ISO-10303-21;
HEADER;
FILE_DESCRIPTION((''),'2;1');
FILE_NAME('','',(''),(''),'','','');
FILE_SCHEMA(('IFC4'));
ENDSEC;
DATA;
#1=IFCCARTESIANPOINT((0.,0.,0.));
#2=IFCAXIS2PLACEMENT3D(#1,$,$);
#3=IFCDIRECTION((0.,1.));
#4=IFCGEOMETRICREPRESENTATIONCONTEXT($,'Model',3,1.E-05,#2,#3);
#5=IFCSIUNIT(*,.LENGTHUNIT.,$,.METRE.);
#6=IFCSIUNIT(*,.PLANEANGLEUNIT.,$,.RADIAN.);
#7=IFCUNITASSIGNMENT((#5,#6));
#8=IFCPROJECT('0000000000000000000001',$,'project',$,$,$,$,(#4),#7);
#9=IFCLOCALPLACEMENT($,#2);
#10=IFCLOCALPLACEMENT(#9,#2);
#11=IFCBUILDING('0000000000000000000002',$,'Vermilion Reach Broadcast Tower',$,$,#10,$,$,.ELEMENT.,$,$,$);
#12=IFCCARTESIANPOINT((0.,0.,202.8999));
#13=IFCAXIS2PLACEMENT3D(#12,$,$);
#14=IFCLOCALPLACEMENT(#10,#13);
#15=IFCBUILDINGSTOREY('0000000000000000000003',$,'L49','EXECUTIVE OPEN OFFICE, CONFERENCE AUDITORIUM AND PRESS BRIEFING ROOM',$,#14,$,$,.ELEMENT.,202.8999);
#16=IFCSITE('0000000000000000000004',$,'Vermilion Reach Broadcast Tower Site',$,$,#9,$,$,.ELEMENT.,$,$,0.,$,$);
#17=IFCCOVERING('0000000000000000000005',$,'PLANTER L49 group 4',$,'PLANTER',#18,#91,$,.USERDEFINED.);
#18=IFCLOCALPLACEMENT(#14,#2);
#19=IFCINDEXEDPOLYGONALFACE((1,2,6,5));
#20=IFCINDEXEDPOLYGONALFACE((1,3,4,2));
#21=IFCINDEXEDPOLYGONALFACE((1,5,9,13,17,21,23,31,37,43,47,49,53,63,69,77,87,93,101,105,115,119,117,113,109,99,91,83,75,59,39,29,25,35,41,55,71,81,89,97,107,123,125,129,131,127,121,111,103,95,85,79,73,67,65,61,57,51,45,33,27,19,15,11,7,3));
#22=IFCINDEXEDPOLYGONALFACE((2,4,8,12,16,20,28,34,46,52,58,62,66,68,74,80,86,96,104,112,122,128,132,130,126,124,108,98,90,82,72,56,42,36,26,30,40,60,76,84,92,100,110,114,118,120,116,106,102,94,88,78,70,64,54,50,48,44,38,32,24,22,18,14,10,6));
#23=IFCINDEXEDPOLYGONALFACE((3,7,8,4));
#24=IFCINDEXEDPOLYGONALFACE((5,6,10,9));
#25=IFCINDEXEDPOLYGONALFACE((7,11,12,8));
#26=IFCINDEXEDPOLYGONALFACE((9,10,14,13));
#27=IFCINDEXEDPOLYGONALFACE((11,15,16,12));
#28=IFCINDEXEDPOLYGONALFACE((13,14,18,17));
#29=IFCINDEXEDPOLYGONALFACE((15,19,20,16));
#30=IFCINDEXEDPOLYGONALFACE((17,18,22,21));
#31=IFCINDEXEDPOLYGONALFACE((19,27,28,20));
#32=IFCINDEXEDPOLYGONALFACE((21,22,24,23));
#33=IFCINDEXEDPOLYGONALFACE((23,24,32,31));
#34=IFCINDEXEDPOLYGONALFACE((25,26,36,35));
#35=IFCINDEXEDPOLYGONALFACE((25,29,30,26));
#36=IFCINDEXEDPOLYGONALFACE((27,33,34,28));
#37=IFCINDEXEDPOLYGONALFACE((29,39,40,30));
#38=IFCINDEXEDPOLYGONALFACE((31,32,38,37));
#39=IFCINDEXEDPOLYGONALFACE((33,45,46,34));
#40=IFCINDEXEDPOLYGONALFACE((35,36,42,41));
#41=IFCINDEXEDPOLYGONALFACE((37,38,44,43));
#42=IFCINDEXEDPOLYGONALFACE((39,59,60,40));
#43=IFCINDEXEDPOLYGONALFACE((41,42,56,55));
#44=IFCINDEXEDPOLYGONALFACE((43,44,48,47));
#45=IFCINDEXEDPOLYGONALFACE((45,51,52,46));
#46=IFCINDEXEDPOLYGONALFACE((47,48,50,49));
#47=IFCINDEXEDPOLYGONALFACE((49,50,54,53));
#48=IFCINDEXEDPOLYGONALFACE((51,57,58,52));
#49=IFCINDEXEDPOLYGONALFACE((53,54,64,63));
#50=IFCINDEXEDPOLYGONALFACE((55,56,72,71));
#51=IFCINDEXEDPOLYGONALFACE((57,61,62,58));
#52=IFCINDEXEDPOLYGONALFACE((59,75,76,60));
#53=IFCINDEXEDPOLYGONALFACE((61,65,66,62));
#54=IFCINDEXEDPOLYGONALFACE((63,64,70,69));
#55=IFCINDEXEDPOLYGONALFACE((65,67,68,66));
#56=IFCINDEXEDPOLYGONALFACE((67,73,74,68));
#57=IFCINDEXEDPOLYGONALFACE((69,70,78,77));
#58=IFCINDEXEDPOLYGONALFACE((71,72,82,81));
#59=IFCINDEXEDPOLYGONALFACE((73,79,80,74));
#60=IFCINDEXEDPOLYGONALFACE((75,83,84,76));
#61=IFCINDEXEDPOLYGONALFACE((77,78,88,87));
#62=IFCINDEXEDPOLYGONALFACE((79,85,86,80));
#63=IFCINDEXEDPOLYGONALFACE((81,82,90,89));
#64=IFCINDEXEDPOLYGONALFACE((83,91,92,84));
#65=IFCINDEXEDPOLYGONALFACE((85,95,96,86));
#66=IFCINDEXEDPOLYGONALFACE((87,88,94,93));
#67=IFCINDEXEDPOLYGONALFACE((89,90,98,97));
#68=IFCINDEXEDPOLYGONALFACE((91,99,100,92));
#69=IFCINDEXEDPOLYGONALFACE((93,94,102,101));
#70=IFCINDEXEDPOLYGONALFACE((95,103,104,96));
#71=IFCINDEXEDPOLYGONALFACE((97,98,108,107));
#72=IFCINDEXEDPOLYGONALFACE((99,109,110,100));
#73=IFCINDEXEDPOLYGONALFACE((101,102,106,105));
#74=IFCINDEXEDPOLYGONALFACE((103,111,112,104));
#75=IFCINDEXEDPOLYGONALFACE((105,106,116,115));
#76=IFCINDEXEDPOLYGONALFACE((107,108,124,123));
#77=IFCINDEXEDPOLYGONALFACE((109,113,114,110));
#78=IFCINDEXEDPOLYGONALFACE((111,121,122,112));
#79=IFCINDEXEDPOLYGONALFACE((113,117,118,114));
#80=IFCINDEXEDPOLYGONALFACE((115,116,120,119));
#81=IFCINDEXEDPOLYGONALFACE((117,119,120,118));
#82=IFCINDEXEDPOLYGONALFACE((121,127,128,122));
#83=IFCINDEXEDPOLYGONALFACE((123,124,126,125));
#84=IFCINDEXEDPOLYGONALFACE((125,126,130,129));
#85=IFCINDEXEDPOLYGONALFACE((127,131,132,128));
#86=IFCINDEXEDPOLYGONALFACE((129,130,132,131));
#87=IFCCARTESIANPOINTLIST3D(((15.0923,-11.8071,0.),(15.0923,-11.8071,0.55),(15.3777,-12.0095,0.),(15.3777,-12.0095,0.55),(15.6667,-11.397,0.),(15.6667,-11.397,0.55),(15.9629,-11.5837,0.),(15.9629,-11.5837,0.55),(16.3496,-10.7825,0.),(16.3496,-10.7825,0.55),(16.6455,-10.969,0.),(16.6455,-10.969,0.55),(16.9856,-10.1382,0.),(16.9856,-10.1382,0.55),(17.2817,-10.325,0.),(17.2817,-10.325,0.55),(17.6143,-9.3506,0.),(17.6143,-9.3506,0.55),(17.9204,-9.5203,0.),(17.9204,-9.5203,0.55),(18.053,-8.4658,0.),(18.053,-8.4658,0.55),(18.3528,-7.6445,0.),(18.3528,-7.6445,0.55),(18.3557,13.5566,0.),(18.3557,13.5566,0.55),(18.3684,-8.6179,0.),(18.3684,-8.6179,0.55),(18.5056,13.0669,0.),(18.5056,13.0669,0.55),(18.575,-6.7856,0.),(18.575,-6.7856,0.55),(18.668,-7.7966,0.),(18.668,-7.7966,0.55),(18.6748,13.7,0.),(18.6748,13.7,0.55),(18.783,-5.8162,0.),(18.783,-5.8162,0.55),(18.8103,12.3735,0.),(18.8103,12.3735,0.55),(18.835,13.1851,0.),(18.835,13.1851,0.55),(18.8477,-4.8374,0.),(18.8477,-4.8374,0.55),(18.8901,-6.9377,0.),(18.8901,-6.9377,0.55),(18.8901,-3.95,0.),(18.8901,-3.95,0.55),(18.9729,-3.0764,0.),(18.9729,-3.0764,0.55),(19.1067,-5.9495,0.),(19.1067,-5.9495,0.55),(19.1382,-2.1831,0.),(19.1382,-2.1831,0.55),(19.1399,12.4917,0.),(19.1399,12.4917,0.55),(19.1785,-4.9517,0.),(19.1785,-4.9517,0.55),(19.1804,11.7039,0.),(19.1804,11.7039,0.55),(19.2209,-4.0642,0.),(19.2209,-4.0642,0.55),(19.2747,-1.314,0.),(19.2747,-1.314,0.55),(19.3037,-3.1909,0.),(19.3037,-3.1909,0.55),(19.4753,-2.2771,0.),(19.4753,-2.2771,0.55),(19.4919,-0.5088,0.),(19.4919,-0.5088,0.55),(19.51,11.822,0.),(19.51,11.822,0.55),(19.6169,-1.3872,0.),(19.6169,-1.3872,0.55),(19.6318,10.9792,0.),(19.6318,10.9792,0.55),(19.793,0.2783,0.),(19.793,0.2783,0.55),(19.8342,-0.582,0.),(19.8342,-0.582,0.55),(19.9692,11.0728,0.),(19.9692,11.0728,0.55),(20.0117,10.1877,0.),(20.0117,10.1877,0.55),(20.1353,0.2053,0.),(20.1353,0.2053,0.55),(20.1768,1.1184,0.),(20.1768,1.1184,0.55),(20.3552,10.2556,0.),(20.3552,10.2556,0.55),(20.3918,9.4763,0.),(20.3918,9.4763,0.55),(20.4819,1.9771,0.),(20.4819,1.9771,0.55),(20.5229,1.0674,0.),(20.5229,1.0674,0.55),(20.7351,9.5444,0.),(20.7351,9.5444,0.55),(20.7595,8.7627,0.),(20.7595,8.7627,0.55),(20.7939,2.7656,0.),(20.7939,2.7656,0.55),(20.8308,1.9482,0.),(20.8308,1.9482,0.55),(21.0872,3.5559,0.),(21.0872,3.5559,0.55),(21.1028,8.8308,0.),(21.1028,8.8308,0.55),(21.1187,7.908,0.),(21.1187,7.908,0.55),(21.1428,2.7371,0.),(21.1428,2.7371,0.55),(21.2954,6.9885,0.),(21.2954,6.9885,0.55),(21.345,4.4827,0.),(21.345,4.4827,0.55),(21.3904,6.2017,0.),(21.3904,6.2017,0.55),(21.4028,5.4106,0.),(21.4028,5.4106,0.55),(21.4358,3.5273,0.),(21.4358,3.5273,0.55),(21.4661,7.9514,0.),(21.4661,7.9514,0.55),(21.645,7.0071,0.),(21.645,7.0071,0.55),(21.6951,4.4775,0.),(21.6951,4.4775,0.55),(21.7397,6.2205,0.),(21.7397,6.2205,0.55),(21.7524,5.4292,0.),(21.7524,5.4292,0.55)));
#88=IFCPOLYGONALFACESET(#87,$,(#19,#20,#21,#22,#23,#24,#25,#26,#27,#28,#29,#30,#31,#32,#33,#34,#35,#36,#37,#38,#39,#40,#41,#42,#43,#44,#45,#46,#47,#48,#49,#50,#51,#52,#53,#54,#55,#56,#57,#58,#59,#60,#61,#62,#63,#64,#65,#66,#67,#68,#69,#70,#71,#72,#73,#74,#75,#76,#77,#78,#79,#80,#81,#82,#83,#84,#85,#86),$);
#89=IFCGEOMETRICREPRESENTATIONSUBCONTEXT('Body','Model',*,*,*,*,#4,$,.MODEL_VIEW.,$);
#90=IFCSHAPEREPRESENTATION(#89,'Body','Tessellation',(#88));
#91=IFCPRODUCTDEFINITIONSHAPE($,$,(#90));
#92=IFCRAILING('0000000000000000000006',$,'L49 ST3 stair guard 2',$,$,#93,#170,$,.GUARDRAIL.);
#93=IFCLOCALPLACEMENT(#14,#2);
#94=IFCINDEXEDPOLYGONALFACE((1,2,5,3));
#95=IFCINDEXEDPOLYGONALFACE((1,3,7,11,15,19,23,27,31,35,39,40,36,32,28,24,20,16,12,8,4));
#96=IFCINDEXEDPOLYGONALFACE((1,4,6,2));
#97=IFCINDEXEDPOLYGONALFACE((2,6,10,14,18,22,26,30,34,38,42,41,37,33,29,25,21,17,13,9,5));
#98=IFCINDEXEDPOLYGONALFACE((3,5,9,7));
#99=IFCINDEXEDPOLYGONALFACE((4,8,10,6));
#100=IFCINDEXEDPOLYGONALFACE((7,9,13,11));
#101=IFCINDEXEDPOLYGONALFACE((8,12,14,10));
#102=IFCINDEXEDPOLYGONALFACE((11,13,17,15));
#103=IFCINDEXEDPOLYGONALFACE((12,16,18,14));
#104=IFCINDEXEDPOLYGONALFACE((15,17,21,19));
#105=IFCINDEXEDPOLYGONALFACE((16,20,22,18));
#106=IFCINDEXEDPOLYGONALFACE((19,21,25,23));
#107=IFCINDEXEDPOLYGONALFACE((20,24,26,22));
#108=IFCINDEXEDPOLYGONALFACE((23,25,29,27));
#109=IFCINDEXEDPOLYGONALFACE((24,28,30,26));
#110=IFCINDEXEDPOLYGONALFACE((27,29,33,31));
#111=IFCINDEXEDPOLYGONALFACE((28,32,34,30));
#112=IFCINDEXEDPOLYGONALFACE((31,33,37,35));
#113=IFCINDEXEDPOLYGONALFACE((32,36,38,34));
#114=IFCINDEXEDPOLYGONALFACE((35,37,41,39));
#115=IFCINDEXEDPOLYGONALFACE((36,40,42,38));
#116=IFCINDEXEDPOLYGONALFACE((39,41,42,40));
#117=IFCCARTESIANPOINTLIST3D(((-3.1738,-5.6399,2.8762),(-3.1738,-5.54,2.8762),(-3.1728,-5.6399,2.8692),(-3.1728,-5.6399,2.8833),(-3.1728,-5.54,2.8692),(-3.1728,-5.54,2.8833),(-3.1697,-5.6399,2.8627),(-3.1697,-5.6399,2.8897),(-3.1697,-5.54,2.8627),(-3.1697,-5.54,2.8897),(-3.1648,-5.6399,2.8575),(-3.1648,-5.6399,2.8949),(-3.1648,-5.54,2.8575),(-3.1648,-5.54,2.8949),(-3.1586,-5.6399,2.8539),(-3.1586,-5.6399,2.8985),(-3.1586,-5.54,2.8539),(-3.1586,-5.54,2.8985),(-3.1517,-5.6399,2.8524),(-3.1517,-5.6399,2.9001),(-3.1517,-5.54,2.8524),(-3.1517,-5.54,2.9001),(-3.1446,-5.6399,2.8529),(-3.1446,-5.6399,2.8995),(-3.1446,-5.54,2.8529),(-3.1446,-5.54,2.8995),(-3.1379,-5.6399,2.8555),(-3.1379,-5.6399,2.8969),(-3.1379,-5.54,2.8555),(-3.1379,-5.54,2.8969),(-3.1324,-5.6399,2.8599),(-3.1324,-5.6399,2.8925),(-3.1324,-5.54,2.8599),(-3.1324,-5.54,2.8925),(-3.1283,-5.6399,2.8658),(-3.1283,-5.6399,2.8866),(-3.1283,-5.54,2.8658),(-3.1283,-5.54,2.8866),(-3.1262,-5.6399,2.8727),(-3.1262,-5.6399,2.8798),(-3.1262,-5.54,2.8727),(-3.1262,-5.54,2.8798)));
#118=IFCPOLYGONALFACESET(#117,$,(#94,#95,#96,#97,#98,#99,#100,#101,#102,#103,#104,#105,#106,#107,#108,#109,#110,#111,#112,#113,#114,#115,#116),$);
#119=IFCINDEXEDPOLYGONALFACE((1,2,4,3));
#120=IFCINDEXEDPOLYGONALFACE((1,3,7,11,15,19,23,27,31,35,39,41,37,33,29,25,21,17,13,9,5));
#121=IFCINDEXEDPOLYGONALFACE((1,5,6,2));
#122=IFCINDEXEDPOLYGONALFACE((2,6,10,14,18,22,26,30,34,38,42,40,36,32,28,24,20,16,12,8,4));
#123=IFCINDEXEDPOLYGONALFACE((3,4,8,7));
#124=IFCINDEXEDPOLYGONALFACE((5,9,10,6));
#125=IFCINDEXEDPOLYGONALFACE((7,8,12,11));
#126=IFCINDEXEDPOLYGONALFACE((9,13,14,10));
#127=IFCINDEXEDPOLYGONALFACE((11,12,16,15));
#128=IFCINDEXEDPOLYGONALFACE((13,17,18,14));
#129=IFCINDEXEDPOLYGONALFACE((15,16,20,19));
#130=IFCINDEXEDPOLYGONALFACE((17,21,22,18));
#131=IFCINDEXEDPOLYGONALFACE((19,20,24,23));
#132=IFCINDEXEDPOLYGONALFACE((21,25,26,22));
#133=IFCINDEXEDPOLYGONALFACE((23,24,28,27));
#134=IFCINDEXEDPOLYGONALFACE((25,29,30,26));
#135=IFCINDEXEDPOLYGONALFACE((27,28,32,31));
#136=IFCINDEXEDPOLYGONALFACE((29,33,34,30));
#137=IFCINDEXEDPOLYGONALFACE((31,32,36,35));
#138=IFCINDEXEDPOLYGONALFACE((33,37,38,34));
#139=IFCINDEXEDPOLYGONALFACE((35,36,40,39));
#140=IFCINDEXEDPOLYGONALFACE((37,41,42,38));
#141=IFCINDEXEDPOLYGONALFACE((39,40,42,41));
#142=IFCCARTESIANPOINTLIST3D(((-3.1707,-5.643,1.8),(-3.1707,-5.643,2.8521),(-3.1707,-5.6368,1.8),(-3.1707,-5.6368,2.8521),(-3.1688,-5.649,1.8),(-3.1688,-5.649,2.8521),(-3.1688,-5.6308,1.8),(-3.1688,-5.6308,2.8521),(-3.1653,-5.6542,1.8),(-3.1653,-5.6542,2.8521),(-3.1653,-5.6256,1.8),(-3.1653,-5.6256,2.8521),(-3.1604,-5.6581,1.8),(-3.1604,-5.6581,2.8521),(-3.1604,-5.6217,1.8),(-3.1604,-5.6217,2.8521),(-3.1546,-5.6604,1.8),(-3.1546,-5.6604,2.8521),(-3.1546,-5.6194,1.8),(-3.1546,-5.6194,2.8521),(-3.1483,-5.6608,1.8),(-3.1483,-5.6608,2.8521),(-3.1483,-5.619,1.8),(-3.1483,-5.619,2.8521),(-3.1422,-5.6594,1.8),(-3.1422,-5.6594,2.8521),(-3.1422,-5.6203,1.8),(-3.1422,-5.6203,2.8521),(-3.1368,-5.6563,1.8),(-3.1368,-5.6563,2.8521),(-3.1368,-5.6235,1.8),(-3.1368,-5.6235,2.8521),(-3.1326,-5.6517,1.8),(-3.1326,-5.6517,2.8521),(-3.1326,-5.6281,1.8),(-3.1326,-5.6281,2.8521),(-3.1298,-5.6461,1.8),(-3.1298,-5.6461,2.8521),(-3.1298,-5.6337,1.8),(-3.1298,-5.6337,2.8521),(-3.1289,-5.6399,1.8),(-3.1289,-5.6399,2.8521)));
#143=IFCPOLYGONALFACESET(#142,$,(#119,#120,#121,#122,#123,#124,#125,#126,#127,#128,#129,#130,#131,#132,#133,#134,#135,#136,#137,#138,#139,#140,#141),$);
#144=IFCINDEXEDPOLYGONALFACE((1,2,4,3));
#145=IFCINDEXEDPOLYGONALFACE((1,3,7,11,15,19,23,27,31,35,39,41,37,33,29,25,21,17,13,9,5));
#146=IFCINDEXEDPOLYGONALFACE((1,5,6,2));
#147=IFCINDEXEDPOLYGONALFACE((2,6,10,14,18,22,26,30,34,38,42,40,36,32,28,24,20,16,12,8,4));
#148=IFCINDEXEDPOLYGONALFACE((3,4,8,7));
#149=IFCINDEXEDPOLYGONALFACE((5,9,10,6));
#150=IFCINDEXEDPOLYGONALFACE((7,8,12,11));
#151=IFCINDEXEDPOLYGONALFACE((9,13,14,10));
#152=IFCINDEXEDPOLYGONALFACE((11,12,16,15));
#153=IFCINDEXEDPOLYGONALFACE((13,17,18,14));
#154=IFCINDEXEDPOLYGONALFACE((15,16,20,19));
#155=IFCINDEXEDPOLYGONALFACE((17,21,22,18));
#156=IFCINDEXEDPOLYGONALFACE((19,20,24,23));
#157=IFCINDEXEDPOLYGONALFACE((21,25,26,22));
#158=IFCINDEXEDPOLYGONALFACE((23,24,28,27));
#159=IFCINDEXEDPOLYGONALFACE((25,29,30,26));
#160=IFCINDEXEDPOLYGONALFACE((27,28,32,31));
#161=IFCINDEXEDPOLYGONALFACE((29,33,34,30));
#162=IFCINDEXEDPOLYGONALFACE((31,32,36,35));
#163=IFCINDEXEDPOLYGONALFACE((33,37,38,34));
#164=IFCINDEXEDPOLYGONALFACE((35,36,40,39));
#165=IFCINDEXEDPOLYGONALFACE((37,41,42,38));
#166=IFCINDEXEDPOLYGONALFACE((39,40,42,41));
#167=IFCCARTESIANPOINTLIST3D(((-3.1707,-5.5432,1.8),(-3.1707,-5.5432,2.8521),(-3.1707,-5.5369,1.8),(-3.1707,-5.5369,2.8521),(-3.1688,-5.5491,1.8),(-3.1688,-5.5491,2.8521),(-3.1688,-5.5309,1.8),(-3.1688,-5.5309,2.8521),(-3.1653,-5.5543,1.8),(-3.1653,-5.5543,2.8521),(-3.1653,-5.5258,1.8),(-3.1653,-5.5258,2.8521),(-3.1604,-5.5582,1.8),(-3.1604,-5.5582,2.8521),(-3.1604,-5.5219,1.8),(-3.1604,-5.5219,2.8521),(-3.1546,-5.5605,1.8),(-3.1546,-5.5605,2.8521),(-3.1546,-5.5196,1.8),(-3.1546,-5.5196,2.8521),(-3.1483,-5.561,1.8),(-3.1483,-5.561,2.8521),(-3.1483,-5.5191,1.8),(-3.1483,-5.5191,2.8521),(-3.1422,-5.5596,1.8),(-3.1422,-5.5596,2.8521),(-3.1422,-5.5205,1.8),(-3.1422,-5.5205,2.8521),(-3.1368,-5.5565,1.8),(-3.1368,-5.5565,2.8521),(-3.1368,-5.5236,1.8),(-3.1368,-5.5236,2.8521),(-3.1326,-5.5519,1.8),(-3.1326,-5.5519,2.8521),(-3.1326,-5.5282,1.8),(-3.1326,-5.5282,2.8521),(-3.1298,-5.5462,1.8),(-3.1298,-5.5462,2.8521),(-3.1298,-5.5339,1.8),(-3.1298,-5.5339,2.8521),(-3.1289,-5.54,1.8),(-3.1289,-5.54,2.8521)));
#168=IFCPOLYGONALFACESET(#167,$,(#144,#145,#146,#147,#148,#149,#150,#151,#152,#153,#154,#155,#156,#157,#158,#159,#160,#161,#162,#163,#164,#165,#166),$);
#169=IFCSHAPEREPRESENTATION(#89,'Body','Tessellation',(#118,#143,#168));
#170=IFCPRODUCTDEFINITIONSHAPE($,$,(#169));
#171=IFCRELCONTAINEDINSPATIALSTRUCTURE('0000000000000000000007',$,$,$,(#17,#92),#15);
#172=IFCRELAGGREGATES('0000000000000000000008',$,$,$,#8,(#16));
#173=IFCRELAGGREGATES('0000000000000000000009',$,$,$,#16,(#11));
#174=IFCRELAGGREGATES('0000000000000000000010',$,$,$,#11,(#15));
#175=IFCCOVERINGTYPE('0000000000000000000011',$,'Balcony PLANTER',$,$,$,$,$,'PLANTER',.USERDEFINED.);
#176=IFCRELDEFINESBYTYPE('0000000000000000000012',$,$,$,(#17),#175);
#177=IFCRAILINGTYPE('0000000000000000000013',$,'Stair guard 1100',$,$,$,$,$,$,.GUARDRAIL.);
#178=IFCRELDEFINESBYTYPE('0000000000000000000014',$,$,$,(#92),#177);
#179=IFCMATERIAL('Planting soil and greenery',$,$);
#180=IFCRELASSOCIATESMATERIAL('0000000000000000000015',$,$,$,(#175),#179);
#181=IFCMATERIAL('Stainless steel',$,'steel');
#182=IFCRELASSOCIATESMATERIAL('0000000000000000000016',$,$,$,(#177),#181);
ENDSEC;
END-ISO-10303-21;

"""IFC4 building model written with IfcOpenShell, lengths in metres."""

from ifc_helpers import new_model, si_unit, direction, frame, origin, origin_2d, place, context, subcontext, project, spatial, polyline, circle, outline, extrude, material, type_object, element, save


model = new_model("IFC4")

# Units and contexts
model_context = context("Model", 3, precision=1e-05, world=origin(), true_north=direction((0.0, 1.0)))
body_context = subcontext(model_context, "Body", "Model", "MODEL_VIEW")
ifc_project = project(units=[si_unit("LENGTHUNIT", "METRE"), si_unit("PLANEANGLEUNIT", "RADIAN")], contexts=[model_context])

# Site, building, storey
site_placement = place(None, origin())
site = spatial("IfcSite", under=ifc_project, at=site_placement, Name="Vermilion Reach Broadcast Tower Site", CompositionType="ELEMENT", RefElevation=0.0)
building_placement = place(site_placement, origin())
building = spatial("IfcBuilding", under=site, at=building_placement, Name="Vermilion Reach Broadcast Tower", CompositionType="ELEMENT")
storey_placement = place(building_placement, frame((0.0, 0.0, 202.8999)))
storey = spatial("IfcBuildingStorey", under=building, at=storey_placement, Name="L49", Description="EXECUTIVE OPEN OFFICE, CONFERENCE AUDITORIUM AND PRESS BRIEFING ROOM", CompositionType="ELEMENT", Elevation=202.8999)

# Shared definitions
placement_1 = place(storey_placement, origin())

# Covering
ifc_material_1 = material(Name="Planting soil and greenery")
covering_type = type_object("IfcCoveringType", Name="Balcony PLANTER", ElementType="PLANTER", PredefinedType="USERDEFINED", material=ifc_material_1)
element("IfcCovering", 1, at=placement_1, inside=storey, type_object=covering_type, Name="PLANTER L49 group 4", ObjectType="PLANTER", PredefinedType="USERDEFINED", context=body_context, shape_type="SweptSolid", body=[
    extrude(outline(polyline([(15.3777, -12.0095), (15.9629, -11.5837), (16.6455, -10.969), (17.2817, -10.325), (17.9204, -9.5203), (18.3684, -8.6179), (18.668, -7.7966), (18.8901, -6.9377), (19.1067, -5.9495), (19.1785, -4.9517), (19.2209, -4.0642), (19.3037, -3.1909), (19.4753, -2.2771), (19.6169, -1.3872), (19.8342, -0.582), (20.1353, 0.2053), (20.5229, 1.0674), (20.8308, 1.9482), (21.1428, 2.7371), (21.4358, 3.5273), (21.6951, 4.4775), (21.7524, 5.4292), (21.7397, 6.2205), (21.645, 7.0071), (21.4661, 7.9514), (21.1028, 8.8308), (20.7351, 9.5444), (20.3552, 10.2556), (19.9692, 11.0728), (19.51, 11.822), (19.1399, 12.4917), (18.835, 13.1851), (18.6748, 13.7), (18.3557, 13.5566), (18.5056, 13.0669), (18.8103, 12.3735), (19.1804, 11.7039), (19.6318, 10.9792), (20.0117, 10.1877), (20.3918, 9.4763), (20.7595, 8.7627), (21.1187, 7.908), (21.2954, 6.9885), (21.3904, 6.2017), (21.4028, 5.4106), (21.345, 4.4827), (21.0872, 3.5559), (20.7939, 2.7656), (20.4819, 1.9771), (20.1768, 1.1184), (19.793, 0.2783), (19.4919, -0.5088), (19.2747, -1.314), (19.1382, -2.1831), (18.9729, -3.0764), (18.8901, -3.95), (18.8477, -4.8374), (18.783, -5.8162), (18.575, -6.7856), (18.3528, -7.6445), (18.053, -8.4658), (17.6143, -9.3506), (16.9856, -10.1382), (16.3496, -10.7825), (15.6667, -11.397), (15.0923, -11.8071), (15.3777, -12.0095)])), origin(), (0.0, 0.0, 1.0), 0.55),
])

# Railing
ifc_material_2 = material(Name="Stainless steel", Category="steel")
railing_type_1 = type_object("IfcRailingType", Name="Stair guard 1100", PredefinedType="GUARDRAIL", material=ifc_material_2)
railing_1_placement = place(storey_placement, frame((-3.1499, -5.6399, 1.8)))
element("IfcRailing", 2, at=railing_1_placement, inside=storey, type_object=railing_type_1, Name="L49 ST3 stair guard 2", PredefinedType="GUARDRAIL", context=body_context, shape_type="SweptSolid", body=[
    extrude(circle(Radius=0.0239, at=origin_2d()), frame((0.0, 0.0, 1.0762), z_axis=(0.0, 1.0, 0.0), x_axis=(-1.0, 0.0, 0.0)), (0.0, 0.0, 1.0), 0.0999),
    extrude(circle(Radius=0.021, at=origin_2d()), origin(), (0.0, 0.0, 1.0), 1.052),
    extrude(circle(Radius=0.021, at=origin_2d()), frame((0.0, 0.0999, 0.0)), (0.0, 0.0, 1.0), 1.052),
])

save(model, "model.ifc")
